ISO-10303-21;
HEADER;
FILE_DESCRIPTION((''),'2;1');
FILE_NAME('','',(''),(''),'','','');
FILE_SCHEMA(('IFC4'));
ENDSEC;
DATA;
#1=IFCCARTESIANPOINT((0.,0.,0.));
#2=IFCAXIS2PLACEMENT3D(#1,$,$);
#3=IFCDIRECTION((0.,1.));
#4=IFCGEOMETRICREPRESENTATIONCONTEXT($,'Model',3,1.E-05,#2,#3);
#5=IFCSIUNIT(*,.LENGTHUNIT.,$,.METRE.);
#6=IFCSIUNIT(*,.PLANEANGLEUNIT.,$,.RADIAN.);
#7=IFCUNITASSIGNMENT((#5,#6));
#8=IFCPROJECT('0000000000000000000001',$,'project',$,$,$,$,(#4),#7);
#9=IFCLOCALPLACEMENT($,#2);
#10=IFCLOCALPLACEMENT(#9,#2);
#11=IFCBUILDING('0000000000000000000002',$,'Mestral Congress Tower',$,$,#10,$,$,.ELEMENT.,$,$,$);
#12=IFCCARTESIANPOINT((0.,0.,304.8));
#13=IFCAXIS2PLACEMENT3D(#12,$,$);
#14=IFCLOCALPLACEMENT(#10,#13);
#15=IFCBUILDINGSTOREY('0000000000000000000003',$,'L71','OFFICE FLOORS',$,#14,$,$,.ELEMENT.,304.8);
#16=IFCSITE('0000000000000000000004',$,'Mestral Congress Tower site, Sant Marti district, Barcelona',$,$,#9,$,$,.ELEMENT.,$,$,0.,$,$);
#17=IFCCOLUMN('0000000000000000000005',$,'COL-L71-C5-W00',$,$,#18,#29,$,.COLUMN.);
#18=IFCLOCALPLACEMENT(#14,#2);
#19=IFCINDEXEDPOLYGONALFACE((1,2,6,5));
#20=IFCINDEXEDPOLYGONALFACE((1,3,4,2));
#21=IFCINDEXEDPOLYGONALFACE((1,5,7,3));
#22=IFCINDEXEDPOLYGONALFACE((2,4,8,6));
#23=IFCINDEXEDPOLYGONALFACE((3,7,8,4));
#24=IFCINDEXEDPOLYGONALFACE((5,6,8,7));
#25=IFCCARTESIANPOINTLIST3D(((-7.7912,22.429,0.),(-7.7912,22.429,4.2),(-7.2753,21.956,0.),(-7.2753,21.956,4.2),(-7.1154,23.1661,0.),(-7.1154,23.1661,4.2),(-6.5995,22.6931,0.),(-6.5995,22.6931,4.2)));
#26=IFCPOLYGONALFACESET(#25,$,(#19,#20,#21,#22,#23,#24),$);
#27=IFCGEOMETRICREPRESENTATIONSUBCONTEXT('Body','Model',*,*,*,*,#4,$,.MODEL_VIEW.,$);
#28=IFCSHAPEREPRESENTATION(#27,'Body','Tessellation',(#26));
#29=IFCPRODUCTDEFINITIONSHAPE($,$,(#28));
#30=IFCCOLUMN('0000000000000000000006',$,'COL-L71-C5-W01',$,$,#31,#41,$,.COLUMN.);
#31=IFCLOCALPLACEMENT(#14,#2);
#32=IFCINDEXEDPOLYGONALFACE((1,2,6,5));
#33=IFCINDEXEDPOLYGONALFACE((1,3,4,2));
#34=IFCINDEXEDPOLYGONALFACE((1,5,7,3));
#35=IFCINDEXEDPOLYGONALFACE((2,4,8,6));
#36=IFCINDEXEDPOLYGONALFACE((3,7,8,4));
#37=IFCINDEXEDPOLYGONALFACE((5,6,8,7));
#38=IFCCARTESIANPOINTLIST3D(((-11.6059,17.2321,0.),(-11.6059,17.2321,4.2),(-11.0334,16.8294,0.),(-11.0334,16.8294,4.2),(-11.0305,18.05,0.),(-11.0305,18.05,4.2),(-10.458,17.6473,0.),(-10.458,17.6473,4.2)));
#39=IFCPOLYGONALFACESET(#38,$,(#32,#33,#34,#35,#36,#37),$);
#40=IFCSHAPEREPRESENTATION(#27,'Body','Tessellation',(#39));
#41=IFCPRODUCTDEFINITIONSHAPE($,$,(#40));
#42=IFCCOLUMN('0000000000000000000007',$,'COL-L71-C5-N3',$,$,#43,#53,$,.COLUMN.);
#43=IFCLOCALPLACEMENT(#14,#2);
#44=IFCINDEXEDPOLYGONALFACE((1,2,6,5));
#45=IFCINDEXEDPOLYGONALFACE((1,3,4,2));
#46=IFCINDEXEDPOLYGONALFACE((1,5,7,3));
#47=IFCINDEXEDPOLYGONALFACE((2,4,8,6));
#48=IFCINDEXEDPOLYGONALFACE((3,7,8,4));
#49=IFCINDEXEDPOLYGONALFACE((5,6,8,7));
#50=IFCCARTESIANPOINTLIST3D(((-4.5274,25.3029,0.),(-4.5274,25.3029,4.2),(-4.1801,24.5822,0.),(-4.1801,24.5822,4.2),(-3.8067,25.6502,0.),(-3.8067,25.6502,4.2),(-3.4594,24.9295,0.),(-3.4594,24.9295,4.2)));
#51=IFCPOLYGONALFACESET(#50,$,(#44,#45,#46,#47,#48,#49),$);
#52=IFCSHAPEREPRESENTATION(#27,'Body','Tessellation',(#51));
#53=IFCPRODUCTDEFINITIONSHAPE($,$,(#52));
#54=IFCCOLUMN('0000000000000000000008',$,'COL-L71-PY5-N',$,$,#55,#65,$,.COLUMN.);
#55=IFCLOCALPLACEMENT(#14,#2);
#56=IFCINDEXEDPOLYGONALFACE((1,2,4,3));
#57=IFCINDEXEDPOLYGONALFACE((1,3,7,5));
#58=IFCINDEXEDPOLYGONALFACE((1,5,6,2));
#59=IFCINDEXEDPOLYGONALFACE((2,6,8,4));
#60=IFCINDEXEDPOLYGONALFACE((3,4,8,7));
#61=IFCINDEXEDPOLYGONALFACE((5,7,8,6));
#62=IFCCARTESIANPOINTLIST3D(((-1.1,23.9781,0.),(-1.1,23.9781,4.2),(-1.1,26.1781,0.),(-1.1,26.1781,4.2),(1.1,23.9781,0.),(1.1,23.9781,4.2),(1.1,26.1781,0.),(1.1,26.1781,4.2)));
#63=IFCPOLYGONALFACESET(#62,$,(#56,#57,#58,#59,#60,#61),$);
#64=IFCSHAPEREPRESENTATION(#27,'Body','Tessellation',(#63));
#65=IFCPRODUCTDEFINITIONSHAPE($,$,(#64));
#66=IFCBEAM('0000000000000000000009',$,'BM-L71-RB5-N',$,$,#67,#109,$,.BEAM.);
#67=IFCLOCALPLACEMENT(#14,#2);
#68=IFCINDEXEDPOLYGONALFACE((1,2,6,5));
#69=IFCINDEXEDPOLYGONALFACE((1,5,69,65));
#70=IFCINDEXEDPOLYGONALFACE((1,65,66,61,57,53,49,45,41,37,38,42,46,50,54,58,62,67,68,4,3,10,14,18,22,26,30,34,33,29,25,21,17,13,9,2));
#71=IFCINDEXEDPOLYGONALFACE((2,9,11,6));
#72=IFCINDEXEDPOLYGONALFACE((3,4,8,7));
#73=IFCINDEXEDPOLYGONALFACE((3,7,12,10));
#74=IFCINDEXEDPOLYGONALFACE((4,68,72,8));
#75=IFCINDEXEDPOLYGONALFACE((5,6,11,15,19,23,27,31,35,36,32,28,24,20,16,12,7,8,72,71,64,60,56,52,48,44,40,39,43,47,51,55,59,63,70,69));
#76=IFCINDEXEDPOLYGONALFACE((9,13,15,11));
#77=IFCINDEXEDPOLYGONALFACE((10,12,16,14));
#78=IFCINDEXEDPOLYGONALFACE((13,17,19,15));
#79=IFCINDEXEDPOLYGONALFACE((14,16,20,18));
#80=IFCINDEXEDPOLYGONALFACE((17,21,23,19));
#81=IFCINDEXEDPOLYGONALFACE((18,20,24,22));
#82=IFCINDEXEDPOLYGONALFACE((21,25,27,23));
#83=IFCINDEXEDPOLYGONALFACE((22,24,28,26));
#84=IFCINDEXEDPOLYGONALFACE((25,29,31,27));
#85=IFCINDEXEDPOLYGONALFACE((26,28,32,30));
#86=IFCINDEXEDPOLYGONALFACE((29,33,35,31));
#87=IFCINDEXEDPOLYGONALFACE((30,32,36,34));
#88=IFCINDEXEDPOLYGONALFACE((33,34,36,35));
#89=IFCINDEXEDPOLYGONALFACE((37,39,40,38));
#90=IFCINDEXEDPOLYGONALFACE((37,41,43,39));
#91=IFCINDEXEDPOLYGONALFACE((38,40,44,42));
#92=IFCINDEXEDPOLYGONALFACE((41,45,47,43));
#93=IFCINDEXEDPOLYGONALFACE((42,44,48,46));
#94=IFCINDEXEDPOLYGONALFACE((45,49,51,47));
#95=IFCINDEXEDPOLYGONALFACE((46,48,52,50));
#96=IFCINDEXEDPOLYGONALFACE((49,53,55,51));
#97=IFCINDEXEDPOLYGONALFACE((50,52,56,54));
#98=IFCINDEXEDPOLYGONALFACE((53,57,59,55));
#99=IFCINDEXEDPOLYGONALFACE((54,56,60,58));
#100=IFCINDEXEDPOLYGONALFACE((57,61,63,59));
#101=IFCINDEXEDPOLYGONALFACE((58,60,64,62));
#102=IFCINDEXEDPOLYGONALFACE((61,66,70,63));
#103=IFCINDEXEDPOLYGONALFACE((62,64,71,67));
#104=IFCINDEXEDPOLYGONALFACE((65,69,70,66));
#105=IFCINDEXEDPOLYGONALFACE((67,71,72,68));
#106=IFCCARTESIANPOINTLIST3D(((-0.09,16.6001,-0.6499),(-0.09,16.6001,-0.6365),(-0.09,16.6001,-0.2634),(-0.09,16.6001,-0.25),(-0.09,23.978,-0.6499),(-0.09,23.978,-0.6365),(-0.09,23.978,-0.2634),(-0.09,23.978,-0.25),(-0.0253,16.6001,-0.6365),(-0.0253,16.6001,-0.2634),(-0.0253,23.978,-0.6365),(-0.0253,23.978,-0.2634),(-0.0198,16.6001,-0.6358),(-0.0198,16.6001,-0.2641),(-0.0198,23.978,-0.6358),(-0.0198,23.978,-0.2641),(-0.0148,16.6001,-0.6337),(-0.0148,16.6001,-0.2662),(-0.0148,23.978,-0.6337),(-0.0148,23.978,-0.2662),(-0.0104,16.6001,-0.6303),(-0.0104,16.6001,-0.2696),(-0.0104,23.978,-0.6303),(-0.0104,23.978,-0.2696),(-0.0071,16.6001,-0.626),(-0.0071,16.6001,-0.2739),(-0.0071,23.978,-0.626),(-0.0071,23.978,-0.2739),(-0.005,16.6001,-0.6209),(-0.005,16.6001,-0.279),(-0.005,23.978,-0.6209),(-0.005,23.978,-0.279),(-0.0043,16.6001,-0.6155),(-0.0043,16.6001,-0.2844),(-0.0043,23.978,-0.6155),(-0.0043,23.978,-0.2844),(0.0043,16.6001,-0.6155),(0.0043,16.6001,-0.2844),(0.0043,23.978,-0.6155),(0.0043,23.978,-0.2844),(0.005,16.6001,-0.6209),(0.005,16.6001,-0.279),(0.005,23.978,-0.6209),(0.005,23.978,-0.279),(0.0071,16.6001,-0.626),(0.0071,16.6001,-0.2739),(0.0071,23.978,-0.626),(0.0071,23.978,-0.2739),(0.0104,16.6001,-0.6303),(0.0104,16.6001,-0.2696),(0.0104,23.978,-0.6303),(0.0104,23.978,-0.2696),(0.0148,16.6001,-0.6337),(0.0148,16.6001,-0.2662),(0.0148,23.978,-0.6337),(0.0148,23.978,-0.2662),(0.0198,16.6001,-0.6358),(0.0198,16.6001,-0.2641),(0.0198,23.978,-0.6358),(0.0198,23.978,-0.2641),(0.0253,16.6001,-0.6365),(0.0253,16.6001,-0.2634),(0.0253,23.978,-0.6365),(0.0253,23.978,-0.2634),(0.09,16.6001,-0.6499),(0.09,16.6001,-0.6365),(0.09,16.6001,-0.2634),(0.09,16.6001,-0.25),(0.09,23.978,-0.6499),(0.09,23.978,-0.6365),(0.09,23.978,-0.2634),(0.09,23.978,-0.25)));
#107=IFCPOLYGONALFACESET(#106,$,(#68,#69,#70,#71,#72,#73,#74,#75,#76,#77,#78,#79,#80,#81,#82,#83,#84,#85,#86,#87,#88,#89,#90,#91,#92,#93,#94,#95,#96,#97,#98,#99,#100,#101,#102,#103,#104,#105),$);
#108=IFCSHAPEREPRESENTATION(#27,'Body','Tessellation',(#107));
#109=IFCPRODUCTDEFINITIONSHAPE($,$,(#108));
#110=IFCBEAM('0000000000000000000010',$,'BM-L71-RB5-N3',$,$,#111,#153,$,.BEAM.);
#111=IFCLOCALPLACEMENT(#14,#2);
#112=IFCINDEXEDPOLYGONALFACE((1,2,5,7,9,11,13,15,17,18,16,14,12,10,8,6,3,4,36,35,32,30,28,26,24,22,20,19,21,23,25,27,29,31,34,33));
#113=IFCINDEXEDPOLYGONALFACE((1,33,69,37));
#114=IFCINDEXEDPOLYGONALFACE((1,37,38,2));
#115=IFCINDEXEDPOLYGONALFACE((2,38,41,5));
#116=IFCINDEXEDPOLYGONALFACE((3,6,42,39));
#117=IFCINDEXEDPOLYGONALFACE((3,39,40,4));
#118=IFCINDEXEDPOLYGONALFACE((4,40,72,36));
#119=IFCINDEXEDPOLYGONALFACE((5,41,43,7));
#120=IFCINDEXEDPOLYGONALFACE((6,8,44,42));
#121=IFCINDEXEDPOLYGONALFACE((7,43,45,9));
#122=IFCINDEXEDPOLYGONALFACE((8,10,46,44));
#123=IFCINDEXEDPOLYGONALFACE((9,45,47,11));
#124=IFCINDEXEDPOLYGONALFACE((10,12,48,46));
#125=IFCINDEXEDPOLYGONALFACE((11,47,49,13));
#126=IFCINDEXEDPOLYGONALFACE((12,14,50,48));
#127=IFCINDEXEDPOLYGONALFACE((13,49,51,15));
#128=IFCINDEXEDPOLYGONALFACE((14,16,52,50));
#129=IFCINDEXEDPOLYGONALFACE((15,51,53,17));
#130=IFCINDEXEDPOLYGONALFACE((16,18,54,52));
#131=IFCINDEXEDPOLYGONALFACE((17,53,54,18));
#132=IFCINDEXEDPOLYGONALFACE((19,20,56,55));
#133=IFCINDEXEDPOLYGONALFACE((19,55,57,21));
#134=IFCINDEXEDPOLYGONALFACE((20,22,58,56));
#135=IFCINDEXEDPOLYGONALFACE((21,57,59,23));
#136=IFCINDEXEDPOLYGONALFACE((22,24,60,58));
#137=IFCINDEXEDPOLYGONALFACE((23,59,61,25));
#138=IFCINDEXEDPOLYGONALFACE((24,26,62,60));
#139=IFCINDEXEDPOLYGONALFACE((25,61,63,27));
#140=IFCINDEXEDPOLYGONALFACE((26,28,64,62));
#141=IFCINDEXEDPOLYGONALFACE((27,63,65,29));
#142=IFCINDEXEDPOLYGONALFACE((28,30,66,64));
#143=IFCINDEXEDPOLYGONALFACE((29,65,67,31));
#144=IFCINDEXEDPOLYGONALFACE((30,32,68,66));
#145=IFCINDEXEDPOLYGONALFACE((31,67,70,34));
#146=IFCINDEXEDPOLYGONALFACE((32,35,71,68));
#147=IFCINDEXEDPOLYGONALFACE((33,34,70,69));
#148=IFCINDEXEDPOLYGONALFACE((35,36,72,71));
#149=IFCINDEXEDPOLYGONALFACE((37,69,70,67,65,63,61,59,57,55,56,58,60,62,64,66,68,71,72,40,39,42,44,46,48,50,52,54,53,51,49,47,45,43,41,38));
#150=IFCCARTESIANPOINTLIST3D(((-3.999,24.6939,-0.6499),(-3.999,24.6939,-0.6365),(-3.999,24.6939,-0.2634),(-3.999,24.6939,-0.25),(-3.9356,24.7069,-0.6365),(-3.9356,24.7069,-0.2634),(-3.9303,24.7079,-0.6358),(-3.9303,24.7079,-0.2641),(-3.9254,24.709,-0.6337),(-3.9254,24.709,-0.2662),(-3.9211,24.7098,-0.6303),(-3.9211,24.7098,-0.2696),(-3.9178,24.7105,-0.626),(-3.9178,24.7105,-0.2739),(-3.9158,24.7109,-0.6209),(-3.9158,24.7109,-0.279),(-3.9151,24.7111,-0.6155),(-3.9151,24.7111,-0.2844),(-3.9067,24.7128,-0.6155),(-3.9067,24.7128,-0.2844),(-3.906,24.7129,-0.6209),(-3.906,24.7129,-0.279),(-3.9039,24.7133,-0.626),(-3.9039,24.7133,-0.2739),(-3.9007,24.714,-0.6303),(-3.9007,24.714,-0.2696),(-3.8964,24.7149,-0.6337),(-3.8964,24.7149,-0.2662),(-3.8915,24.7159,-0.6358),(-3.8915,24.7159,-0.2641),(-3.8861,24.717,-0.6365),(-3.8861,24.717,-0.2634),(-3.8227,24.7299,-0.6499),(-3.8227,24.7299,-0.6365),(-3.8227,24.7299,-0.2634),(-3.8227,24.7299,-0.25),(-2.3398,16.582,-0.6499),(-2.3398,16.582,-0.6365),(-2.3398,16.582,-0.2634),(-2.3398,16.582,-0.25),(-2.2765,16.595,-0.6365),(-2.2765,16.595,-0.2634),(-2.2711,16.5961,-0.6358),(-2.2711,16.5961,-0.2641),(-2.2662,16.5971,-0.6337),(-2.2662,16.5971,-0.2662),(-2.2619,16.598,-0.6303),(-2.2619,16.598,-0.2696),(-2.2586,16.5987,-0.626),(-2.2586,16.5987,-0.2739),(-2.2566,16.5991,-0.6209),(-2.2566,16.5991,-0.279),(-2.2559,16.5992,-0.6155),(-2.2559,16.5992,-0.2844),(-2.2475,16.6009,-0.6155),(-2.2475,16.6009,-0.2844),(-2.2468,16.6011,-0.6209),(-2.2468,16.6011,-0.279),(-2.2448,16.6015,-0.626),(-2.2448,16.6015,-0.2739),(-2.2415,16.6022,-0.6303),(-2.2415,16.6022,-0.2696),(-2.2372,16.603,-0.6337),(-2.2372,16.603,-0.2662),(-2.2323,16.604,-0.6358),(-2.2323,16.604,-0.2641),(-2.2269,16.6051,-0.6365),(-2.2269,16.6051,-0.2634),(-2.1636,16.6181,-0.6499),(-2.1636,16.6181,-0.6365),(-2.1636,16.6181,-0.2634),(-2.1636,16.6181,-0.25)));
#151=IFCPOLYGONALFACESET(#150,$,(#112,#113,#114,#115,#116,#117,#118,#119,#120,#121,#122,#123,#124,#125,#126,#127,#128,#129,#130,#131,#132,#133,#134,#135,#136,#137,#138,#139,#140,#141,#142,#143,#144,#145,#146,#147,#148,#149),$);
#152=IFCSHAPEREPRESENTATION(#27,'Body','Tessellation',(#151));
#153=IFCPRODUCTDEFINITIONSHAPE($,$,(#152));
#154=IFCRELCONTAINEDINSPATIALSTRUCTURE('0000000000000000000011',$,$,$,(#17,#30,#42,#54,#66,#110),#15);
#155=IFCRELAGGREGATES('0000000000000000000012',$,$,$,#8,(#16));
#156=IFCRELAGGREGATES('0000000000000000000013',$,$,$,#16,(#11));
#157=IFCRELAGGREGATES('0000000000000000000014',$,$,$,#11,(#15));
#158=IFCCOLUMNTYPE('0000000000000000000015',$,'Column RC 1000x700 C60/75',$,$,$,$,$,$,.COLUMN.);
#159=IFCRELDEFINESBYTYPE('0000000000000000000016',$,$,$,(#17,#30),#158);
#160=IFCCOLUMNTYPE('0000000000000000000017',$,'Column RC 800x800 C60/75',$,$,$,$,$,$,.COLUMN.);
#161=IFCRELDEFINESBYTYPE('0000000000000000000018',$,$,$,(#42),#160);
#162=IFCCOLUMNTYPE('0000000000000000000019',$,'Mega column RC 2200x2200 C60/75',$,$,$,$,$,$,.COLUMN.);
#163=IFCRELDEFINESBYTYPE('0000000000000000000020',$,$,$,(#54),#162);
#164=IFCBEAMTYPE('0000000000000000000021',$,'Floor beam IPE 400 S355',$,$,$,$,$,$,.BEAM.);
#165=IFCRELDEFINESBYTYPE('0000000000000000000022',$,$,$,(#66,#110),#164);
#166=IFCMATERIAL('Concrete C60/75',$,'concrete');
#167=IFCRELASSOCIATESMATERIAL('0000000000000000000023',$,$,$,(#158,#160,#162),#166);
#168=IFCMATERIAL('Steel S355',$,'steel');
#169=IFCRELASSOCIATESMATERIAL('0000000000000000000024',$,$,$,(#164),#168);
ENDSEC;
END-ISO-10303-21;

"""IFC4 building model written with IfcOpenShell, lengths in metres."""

from ifc_helpers import new_model, si_unit, direction, frame, origin, origin_2d, place, context, subcontext, project, spatial, rectangle, i_section, extrude, material, material_profile, profile_set, type_object, element, save


model = new_model("IFC4")

# Units and contexts
model_context = context("Model", 3, precision=1e-05, world=origin(), true_north=direction((0.0, 1.0)))
body_context = subcontext(model_context, "Body", "Model", "MODEL_VIEW")
ifc_project = project(units=[si_unit("LENGTHUNIT", "METRE"), si_unit("PLANEANGLEUNIT", "RADIAN")], contexts=[model_context])

# Site, building, storey
site_placement = place(None, origin())
site = spatial("IfcSite", under=ifc_project, at=site_placement, Name="Mestral Congress Tower site, Sant Marti district, Barcelona", CompositionType="ELEMENT", RefElevation=0.0)
building_placement = place(site_placement, origin())
building = spatial("IfcBuilding", under=site, at=building_placement, Name="Mestral Congress Tower", CompositionType="ELEMENT")
storey_placement = place(building_placement, frame((0.0, 0.0, 304.8)))
storey = spatial("IfcBuildingStorey", under=building, at=storey_placement, Name="L71", Description="OFFICE FLOORS", CompositionType="ELEMENT", Elevation=304.8)

# Columns
ifc_material_1 = material(Name="Concrete C60/75", Category="concrete")
ifc_material_profile_1 = material_profile(ifc_material_1, rectangle(XDim=1.0, YDim=0.7, at=origin_2d()), Name="RC 1000x700")
ifc_profile_set_1 = profile_set([ifc_material_profile_1], Name="Concrete C60/75")
column_type_1 = type_object("IfcColumnType", Name="Column RC 1000x700 C60/75", PredefinedType="COLUMN", material=ifc_profile_set_1)
for number, where, z_axis, x_axis, name in (
    (1, (-7.1953, 22.561, 0.0), (0.0, 0.0, 1.0), (-0.675803, -0.737083, 0.0), "COL-L71-C5-W00"),
    (2, (-11.032, 17.4397, 0.0), (0.0, 0.0, 1.0), (-0.575402, -0.817871, 0.0), "COL-L71-C5-W01"),
):
    element("IfcColumn", number, at=place(storey_placement, frame(where, z_axis=z_axis, x_axis=x_axis)), inside=storey, type_object=column_type_1, Name=name, PredefinedType="COLUMN", context=body_context, shape_type="SweptSolid", body=[
        extrude(rectangle(XDim=1.0, YDim=0.7, at=origin_2d()), origin(), (0.0, 0.0, 1.0), 4.2),
    ])
ifc_material_profile_2 = material_profile(ifc_material_1, rectangle(XDim=0.8, YDim=0.8, at=origin_2d()), Name="RC 800x800")
ifc_profile_set_2 = profile_set([ifc_material_profile_2], Name="Concrete C60/75")
column_type_2 = type_object("IfcColumnType", Name="Column RC 800x800 C60/75", PredefinedType="COLUMN", material=ifc_profile_set_2)
column_1_placement = place(storey_placement, frame((-3.9934, 25.1162, 0.0), z_axis=(0.0, 0.0, 1.0), x_axis=(-0.900873, -0.434082, 0.0)))
element("IfcColumn", 3, at=column_1_placement, inside=storey, type_object=column_type_2, Name="COL-L71-C5-N3", PredefinedType="COLUMN", context=body_context, shape_type="SweptSolid", body=[
    extrude(rectangle(XDim=0.8, YDim=0.8, at=origin_2d()), origin(), (0.0, 0.0, 1.0), 4.2),
])
ifc_material_profile_3 = material_profile(ifc_material_1, rectangle(XDim=2.2, YDim=2.2, at=origin_2d()), Name="RC 2200x2200")
ifc_profile_set_3 = profile_set([ifc_material_profile_3], Name="Concrete C60/75")
column_type_3 = type_object("IfcColumnType", Name="Mega column RC 2200x2200 C60/75", PredefinedType="COLUMN", material=ifc_profile_set_3)
column_2_placement = place(storey_placement, frame((0.0, 25.0781, 0.0), z_axis=(0.0, 0.0, 1.0), x_axis=(0.0, 1.0, 0.0)))
element("IfcColumn", 4, at=column_2_placement, inside=storey, type_object=column_type_3, Name="COL-L71-PY5-N", PredefinedType="COLUMN", context=body_context, shape_type="SweptSolid", body=[
    extrude(rectangle(XDim=2.2, YDim=2.2, at=origin_2d()), origin(), (0.0, 0.0, 1.0), 4.2),
])

# Beams
ifc_material_2 = material(Name="Steel S355", Category="steel")
ifc_material_profile_4 = material_profile(ifc_material_2, i_section(OverallWidth=0.1799, OverallDepth=0.3999, WebThickness=0.0085, FlangeThickness=0.0134, FilletRadius=0.021, at=origin_2d()), Name="IPE 400")
ifc_profile_set_4 = profile_set([ifc_material_profile_4], Name="Steel S355")
beam_type_1 = type_object("IfcBeamType", Name="Floor beam IPE 400 S355", PredefinedType="BEAM", material=ifc_profile_set_4)
beam_1_placement = place(storey_placement, frame((0.0, 23.978, -0.45), z_axis=(0.0, -1.0, 0.0), x_axis=(1.0, 0.0, 0.0)))
element("IfcBeam", 5, at=beam_1_placement, inside=storey, type_object=beam_type_1, Name="BM-L71-RB5-N", PredefinedType="BEAM", context=body_context, shape_type="SweptSolid", body=[
    extrude(i_section(OverallWidth=0.1799, OverallDepth=0.3999, WebThickness=0.0085, FlangeThickness=0.0134, FilletRadius=0.021, at=origin_2d()), origin(), (0.0, 0.0, 1.0), 7.3779),
])
beam_2_placement = place(storey_placement, frame((-3.9109, 24.7119, -0.45), z_axis=(0.20039, -0.979716, 0.0), x_axis=(0.979716, 0.20039, 0.0)))
element("IfcBeam", 6, at=beam_2_placement, inside=storey, type_object=beam_type_1, Name="BM-L71-RB5-N3", PredefinedType="BEAM", context=body_context, shape_type="SweptSolid", body=[
    extrude(i_section(OverallWidth=0.1799, OverallDepth=0.3999, WebThickness=0.0085, FlangeThickness=0.0134, FilletRadius=0.021, at=origin_2d()), origin(), (0.0, 0.0, 1.0), 8.2798),
])

save(model, "model.ifc")
